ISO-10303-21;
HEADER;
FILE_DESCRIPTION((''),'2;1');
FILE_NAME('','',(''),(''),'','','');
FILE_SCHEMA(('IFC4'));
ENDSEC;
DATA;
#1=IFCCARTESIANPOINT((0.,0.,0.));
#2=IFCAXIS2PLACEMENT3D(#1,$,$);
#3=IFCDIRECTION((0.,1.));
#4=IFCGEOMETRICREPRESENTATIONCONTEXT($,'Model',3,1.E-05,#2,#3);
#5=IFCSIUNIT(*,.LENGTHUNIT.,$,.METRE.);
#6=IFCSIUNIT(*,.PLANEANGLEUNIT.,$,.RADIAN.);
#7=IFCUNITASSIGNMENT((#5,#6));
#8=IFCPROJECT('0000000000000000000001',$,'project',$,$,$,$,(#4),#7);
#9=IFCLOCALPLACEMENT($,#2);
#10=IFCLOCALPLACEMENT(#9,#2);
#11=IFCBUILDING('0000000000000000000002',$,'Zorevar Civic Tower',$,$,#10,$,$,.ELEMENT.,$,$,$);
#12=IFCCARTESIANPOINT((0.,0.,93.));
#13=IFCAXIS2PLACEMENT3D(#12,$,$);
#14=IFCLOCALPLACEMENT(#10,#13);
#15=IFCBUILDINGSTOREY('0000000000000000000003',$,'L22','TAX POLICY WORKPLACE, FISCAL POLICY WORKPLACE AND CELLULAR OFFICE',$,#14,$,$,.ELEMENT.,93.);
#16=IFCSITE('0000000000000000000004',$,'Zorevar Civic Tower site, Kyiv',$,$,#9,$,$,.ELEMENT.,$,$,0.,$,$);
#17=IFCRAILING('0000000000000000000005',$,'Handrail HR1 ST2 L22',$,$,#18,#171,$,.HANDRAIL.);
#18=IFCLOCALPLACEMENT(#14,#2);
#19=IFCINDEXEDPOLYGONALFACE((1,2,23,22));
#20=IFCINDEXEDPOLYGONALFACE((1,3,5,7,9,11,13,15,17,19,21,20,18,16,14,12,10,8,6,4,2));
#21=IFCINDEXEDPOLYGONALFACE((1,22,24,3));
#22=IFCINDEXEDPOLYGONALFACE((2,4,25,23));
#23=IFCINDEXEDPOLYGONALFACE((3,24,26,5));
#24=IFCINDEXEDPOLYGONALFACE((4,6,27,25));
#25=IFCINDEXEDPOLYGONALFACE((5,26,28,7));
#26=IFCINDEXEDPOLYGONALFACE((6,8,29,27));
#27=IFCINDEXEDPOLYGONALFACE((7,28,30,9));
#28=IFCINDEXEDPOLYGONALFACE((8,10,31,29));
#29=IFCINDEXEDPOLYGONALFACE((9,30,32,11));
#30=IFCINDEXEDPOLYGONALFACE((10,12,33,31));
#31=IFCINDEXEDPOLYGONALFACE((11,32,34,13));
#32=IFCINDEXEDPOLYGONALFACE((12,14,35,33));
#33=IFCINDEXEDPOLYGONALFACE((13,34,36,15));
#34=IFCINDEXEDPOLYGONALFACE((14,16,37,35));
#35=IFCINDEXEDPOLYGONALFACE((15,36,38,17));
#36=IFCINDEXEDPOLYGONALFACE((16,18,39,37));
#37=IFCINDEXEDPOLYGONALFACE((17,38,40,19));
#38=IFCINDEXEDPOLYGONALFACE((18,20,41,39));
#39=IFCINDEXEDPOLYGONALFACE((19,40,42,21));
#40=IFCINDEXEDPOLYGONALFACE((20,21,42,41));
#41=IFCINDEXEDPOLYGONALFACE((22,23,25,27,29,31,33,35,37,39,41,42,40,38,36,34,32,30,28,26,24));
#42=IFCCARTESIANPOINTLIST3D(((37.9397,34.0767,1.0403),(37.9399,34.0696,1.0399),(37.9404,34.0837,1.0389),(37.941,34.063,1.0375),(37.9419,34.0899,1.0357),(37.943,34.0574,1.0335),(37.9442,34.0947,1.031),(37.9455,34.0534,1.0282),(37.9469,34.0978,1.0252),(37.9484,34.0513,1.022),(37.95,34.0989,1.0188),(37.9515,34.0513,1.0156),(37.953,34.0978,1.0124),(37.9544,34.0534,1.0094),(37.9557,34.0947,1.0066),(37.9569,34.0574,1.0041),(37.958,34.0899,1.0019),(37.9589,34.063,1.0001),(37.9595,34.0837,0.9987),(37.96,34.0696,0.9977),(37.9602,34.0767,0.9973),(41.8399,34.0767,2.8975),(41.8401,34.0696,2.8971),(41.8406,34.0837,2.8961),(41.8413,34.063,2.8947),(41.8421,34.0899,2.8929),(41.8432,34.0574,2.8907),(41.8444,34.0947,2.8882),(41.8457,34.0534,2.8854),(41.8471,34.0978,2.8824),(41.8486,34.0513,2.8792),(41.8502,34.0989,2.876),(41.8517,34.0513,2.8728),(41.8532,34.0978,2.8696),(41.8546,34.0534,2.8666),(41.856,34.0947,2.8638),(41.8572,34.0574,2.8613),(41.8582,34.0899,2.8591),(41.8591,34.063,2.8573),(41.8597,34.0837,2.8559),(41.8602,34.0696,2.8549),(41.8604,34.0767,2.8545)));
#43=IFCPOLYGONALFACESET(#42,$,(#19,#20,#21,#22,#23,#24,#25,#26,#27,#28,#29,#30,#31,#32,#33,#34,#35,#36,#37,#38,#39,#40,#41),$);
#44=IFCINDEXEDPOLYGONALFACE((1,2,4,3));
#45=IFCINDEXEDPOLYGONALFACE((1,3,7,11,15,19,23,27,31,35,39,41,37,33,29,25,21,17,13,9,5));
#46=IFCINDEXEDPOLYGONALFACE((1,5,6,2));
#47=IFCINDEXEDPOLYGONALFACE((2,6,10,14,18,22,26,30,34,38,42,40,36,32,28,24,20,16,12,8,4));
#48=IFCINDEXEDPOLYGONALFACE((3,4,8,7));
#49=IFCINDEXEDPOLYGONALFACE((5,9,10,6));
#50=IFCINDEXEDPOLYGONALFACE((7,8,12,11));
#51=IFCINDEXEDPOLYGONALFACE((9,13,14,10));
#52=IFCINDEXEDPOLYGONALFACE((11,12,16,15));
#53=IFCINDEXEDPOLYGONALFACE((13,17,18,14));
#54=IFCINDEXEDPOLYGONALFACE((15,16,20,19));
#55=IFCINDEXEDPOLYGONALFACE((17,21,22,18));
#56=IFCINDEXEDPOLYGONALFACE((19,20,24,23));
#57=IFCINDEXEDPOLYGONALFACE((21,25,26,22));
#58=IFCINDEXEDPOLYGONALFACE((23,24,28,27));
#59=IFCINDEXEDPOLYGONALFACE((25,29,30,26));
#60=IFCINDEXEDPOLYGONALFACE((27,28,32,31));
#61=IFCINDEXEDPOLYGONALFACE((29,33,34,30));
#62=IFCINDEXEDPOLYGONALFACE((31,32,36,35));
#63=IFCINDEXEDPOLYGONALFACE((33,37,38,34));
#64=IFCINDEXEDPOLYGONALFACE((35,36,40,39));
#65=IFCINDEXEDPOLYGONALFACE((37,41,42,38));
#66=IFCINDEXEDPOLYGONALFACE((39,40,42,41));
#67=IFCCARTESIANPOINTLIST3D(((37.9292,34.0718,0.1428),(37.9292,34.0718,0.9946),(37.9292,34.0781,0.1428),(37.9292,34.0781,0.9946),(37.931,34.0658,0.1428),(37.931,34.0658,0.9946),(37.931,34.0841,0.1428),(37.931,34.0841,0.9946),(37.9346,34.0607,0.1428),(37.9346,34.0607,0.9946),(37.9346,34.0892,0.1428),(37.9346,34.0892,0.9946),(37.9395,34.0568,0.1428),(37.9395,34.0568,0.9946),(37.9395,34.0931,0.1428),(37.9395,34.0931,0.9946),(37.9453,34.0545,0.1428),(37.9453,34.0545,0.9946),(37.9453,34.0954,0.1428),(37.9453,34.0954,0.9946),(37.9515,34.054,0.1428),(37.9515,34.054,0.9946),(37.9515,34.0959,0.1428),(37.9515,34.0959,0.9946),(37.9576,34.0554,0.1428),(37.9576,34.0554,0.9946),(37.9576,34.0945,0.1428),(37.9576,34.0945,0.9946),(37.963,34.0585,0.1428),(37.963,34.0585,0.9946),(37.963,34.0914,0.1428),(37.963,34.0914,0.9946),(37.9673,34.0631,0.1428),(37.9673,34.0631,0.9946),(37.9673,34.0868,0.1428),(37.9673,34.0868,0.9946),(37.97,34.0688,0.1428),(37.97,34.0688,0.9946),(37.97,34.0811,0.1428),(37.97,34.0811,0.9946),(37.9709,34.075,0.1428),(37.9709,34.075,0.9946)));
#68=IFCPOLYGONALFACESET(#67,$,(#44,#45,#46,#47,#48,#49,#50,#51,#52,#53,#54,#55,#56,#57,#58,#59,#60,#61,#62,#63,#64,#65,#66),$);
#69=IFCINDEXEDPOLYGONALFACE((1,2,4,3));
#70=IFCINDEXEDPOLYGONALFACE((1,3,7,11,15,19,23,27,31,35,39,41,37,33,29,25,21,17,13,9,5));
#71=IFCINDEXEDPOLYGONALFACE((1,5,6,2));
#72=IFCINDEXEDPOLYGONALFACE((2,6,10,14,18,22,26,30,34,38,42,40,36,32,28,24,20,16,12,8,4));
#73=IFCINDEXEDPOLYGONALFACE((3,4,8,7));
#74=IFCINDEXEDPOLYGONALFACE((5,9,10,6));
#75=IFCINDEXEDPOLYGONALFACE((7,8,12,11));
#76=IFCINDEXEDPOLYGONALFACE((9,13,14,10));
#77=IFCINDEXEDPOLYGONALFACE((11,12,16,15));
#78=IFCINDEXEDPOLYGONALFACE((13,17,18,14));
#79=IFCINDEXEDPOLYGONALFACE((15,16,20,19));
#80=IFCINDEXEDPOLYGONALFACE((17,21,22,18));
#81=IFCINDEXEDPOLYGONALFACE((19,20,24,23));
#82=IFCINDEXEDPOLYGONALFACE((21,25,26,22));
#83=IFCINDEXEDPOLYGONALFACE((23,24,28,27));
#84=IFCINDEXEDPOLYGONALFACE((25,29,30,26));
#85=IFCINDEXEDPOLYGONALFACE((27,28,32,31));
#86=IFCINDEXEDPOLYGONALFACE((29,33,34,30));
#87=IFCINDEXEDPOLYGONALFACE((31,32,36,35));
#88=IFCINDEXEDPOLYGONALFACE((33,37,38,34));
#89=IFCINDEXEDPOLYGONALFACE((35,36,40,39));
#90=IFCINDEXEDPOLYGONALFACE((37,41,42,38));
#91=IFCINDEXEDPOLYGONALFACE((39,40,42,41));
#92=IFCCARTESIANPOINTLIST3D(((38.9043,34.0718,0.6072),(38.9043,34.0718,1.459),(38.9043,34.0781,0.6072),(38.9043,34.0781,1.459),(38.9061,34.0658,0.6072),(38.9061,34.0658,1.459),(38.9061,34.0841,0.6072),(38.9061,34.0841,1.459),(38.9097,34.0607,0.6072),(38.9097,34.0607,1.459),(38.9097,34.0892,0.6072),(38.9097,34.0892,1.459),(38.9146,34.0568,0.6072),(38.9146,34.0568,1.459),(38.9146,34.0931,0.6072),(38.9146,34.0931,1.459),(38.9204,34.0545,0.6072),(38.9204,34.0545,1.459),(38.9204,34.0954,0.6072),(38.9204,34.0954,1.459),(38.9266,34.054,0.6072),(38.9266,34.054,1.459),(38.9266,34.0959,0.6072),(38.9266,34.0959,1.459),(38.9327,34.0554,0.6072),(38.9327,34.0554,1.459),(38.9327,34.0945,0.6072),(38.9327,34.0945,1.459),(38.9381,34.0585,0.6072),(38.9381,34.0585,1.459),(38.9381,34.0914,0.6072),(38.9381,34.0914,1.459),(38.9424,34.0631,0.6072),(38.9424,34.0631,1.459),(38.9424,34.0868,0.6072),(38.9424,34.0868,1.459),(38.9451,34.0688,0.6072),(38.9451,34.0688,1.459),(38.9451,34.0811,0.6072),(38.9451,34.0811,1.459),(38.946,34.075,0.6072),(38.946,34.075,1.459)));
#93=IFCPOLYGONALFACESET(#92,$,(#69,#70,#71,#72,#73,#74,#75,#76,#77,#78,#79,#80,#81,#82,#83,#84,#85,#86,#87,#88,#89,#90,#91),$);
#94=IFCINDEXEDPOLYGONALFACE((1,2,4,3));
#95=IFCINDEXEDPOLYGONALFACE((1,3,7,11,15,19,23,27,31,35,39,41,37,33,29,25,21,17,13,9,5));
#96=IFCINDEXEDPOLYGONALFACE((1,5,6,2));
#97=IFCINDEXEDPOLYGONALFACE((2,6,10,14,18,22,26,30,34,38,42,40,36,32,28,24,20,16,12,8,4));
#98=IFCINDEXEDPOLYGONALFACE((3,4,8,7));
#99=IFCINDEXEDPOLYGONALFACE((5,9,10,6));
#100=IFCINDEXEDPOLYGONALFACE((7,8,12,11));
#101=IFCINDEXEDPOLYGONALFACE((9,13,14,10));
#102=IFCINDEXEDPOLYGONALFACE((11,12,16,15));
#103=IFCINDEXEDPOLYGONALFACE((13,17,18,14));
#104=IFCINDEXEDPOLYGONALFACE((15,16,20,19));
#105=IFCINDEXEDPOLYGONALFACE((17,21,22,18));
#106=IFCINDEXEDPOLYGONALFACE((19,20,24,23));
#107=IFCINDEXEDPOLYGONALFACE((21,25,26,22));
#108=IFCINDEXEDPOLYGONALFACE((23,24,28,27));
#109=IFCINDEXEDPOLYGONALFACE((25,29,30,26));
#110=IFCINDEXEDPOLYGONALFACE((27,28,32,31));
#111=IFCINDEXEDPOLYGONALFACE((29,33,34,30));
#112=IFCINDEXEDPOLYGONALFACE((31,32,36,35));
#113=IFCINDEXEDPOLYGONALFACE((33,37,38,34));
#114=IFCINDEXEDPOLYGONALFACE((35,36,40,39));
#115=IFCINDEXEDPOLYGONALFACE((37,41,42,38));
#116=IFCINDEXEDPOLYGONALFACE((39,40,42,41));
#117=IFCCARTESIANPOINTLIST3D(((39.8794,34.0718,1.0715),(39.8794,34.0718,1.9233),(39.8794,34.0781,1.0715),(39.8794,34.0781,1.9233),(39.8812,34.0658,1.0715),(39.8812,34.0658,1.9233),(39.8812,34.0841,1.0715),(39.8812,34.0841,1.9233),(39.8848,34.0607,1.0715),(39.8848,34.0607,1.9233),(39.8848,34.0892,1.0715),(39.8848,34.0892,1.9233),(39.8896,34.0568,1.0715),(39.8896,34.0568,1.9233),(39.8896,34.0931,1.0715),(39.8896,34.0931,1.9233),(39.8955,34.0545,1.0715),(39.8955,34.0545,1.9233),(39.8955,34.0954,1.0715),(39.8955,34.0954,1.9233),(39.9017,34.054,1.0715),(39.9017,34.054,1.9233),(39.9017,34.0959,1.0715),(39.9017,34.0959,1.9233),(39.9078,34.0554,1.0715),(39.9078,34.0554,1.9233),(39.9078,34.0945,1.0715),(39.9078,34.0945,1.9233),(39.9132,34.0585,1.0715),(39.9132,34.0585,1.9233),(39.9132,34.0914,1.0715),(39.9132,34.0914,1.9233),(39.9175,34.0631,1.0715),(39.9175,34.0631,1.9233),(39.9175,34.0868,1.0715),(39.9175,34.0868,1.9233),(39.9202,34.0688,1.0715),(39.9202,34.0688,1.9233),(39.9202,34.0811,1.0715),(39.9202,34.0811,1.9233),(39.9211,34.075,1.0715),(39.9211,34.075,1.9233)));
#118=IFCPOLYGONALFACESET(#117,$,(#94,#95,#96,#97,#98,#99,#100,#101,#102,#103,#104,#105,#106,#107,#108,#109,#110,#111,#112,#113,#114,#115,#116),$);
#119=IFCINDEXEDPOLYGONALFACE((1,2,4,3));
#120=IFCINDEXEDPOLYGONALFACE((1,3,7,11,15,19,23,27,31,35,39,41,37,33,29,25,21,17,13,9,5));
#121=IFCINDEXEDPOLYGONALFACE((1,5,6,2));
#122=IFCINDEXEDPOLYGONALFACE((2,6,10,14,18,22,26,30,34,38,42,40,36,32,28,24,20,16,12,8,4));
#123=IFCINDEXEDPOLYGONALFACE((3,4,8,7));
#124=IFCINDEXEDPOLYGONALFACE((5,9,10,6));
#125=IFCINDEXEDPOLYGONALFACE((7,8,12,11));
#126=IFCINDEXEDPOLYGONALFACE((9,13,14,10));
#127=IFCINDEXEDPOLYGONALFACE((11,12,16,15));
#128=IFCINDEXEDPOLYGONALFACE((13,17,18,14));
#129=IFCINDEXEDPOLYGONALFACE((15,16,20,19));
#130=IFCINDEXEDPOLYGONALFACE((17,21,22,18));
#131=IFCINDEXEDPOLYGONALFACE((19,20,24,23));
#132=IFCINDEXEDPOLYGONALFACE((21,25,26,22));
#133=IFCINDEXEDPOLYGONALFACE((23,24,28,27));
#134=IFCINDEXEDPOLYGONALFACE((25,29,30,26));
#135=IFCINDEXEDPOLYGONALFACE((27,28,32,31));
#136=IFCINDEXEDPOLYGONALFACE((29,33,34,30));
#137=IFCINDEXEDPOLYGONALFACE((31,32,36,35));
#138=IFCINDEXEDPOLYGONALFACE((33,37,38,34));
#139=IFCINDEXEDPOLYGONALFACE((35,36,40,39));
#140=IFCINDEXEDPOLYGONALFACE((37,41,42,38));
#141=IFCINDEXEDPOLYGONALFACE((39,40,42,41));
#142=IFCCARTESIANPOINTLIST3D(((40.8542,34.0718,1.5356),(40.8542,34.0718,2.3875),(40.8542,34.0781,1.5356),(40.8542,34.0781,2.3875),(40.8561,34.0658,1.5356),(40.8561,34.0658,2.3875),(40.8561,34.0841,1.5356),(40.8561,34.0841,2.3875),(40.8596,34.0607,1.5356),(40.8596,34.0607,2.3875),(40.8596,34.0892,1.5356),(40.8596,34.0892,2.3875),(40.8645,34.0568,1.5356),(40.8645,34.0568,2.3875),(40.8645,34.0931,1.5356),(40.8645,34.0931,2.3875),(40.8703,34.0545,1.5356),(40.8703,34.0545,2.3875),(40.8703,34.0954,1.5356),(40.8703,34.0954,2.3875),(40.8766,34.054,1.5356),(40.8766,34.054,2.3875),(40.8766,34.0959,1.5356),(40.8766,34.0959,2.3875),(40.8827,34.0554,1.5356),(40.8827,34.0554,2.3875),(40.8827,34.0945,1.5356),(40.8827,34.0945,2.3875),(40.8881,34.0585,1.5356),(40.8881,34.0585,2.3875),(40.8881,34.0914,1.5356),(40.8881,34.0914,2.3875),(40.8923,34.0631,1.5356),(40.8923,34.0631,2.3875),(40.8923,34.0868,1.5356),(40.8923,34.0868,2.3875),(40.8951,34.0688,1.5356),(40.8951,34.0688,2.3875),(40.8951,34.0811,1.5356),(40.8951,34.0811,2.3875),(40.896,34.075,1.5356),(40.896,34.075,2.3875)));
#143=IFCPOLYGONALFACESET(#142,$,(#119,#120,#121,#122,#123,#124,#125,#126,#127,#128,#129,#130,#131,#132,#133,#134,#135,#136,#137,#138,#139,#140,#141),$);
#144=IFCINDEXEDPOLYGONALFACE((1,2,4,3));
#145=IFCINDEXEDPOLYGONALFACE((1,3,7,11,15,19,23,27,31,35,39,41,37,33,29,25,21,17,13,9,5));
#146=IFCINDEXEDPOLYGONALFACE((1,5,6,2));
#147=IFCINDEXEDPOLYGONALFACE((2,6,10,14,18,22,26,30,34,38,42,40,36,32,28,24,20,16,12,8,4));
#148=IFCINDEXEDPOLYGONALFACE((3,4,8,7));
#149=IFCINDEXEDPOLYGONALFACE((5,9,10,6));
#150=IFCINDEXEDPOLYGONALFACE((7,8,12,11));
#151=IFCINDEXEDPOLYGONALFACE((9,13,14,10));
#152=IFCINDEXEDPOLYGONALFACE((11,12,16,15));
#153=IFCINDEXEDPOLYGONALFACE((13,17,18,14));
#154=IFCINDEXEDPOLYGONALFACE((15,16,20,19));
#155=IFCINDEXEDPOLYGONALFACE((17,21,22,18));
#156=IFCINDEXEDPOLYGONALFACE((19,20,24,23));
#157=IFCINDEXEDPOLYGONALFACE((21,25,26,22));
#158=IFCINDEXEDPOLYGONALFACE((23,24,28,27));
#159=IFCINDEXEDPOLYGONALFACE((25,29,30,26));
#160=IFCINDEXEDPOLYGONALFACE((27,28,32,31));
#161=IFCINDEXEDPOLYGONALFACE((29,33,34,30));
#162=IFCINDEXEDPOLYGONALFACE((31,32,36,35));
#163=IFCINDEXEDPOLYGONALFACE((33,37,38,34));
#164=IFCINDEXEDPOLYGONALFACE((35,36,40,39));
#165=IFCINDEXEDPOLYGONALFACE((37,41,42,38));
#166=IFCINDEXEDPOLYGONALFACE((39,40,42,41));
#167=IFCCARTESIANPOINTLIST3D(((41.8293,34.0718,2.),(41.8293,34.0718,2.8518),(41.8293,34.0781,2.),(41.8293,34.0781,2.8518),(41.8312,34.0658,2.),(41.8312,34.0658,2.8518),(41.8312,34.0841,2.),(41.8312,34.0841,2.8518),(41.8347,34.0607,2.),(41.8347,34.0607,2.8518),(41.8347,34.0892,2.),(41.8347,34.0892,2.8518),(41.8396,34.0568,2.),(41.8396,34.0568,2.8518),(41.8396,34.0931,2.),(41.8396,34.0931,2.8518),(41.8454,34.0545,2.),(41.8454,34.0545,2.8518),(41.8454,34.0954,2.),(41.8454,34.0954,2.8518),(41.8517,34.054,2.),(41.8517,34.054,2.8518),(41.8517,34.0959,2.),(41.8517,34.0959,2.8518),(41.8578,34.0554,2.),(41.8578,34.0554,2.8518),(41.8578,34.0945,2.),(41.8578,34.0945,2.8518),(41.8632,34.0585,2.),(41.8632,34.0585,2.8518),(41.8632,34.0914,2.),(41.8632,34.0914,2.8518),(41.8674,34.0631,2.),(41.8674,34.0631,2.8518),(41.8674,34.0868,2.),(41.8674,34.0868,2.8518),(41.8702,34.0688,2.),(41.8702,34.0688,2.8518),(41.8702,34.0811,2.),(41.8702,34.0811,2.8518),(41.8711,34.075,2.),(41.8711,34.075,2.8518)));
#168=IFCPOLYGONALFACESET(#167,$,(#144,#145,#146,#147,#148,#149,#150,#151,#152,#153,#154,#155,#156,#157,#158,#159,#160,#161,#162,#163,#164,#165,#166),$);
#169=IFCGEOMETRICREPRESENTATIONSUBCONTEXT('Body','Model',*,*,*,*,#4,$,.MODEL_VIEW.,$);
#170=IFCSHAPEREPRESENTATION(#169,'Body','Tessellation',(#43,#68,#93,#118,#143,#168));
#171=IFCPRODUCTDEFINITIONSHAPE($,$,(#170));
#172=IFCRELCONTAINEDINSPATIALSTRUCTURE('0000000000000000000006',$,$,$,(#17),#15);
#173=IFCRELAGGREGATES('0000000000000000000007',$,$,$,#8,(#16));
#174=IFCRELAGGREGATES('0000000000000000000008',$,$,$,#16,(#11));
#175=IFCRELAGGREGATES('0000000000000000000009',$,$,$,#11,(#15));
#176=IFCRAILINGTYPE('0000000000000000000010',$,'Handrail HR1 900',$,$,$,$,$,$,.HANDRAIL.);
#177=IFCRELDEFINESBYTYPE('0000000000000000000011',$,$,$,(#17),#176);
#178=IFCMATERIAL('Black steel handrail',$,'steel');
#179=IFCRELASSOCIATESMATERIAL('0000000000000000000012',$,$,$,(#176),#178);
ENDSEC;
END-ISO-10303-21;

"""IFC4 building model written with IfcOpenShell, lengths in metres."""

from ifc_helpers import new_model, si_unit, direction, frame, origin, origin_2d, place, context, subcontext, project, spatial, circle, extrude, material, type_object, element, save


model = new_model("IFC4")

# Units and contexts
model_context = context("Model", 3, precision=1e-05, world=origin(), true_north=direction((0.0, 1.0)))
body_context = subcontext(model_context, "Body", "Model", "MODEL_VIEW")
ifc_project = project(units=[si_unit("LENGTHUNIT", "METRE"), si_unit("PLANEANGLEUNIT", "RADIAN")], contexts=[model_context])

# Site, building, storey
site_placement = place(None, origin())
site = spatial("IfcSite", under=ifc_project, at=site_placement, Name="Zorevar Civic Tower site, Kyiv", CompositionType="ELEMENT", RefElevation=0.0)
building_placement = place(site_placement, origin())
building = spatial("IfcBuilding", under=site, at=building_placement, Name="Zorevar Civic Tower", CompositionType="ELEMENT")
storey_placement = place(building_placement, frame((0.0, 0.0, 93.0)))
storey = spatial("IfcBuildingStorey", under=building, at=storey_placement, Name="L22", Description="TAX POLICY WORKPLACE, FISCAL POLICY WORKPLACE AND CELLULAR OFFICE", CompositionType="ELEMENT", Elevation=93.0)

# Railing
ifc_material_1 = material(Name="Black steel handrail", Category="steel")
railing_type = type_object("IfcRailingType", Name="Handrail HR1 900", PredefinedType="HANDRAIL", material=ifc_material_1)
railing_1_placement = place(storey_placement, frame((37.95, 34.075, 0.1428)))
element("IfcRailing", 1, at=railing_1_placement, inside=storey, type_object=railing_type, Name="Handrail HR1 ST2 L22", PredefinedType="HANDRAIL", context=body_context, shape_type="SweptSolid", body=[
    extrude(circle(Radius=0.0239, at=origin_2d()), frame((0.0, 0.0, 0.876), z_axis=(0.902864, 0.0, 0.429927), x_axis=(0.0, 1.0, 0.0)), (0.0, 0.0, 1.0), 4.3198),
    extrude(circle(Radius=0.021, at=origin_2d()), origin(), (0.0, 0.0, 1.0), 0.8518),
    extrude(circle(Radius=0.021, at=origin_2d()), frame((0.9751, 0.0, 0.4644)), (0.0, 0.0, 1.0), 0.8518),
    extrude(circle(Radius=0.021, at=origin_2d()), frame((1.9502, 0.0, 0.9287)), (0.0, 0.0, 1.0), 0.8518),
    extrude(circle(Radius=0.021, at=origin_2d()), frame((2.925, 0.0, 1.3928)), (0.0, 0.0, 1.0), 0.8518),
    extrude(circle(Radius=0.021, at=origin_2d()), frame((3.9001, 0.0, 1.8572)), (0.0, 0.0, 1.0), 0.8518),
])

save(model, "model.ifc")
